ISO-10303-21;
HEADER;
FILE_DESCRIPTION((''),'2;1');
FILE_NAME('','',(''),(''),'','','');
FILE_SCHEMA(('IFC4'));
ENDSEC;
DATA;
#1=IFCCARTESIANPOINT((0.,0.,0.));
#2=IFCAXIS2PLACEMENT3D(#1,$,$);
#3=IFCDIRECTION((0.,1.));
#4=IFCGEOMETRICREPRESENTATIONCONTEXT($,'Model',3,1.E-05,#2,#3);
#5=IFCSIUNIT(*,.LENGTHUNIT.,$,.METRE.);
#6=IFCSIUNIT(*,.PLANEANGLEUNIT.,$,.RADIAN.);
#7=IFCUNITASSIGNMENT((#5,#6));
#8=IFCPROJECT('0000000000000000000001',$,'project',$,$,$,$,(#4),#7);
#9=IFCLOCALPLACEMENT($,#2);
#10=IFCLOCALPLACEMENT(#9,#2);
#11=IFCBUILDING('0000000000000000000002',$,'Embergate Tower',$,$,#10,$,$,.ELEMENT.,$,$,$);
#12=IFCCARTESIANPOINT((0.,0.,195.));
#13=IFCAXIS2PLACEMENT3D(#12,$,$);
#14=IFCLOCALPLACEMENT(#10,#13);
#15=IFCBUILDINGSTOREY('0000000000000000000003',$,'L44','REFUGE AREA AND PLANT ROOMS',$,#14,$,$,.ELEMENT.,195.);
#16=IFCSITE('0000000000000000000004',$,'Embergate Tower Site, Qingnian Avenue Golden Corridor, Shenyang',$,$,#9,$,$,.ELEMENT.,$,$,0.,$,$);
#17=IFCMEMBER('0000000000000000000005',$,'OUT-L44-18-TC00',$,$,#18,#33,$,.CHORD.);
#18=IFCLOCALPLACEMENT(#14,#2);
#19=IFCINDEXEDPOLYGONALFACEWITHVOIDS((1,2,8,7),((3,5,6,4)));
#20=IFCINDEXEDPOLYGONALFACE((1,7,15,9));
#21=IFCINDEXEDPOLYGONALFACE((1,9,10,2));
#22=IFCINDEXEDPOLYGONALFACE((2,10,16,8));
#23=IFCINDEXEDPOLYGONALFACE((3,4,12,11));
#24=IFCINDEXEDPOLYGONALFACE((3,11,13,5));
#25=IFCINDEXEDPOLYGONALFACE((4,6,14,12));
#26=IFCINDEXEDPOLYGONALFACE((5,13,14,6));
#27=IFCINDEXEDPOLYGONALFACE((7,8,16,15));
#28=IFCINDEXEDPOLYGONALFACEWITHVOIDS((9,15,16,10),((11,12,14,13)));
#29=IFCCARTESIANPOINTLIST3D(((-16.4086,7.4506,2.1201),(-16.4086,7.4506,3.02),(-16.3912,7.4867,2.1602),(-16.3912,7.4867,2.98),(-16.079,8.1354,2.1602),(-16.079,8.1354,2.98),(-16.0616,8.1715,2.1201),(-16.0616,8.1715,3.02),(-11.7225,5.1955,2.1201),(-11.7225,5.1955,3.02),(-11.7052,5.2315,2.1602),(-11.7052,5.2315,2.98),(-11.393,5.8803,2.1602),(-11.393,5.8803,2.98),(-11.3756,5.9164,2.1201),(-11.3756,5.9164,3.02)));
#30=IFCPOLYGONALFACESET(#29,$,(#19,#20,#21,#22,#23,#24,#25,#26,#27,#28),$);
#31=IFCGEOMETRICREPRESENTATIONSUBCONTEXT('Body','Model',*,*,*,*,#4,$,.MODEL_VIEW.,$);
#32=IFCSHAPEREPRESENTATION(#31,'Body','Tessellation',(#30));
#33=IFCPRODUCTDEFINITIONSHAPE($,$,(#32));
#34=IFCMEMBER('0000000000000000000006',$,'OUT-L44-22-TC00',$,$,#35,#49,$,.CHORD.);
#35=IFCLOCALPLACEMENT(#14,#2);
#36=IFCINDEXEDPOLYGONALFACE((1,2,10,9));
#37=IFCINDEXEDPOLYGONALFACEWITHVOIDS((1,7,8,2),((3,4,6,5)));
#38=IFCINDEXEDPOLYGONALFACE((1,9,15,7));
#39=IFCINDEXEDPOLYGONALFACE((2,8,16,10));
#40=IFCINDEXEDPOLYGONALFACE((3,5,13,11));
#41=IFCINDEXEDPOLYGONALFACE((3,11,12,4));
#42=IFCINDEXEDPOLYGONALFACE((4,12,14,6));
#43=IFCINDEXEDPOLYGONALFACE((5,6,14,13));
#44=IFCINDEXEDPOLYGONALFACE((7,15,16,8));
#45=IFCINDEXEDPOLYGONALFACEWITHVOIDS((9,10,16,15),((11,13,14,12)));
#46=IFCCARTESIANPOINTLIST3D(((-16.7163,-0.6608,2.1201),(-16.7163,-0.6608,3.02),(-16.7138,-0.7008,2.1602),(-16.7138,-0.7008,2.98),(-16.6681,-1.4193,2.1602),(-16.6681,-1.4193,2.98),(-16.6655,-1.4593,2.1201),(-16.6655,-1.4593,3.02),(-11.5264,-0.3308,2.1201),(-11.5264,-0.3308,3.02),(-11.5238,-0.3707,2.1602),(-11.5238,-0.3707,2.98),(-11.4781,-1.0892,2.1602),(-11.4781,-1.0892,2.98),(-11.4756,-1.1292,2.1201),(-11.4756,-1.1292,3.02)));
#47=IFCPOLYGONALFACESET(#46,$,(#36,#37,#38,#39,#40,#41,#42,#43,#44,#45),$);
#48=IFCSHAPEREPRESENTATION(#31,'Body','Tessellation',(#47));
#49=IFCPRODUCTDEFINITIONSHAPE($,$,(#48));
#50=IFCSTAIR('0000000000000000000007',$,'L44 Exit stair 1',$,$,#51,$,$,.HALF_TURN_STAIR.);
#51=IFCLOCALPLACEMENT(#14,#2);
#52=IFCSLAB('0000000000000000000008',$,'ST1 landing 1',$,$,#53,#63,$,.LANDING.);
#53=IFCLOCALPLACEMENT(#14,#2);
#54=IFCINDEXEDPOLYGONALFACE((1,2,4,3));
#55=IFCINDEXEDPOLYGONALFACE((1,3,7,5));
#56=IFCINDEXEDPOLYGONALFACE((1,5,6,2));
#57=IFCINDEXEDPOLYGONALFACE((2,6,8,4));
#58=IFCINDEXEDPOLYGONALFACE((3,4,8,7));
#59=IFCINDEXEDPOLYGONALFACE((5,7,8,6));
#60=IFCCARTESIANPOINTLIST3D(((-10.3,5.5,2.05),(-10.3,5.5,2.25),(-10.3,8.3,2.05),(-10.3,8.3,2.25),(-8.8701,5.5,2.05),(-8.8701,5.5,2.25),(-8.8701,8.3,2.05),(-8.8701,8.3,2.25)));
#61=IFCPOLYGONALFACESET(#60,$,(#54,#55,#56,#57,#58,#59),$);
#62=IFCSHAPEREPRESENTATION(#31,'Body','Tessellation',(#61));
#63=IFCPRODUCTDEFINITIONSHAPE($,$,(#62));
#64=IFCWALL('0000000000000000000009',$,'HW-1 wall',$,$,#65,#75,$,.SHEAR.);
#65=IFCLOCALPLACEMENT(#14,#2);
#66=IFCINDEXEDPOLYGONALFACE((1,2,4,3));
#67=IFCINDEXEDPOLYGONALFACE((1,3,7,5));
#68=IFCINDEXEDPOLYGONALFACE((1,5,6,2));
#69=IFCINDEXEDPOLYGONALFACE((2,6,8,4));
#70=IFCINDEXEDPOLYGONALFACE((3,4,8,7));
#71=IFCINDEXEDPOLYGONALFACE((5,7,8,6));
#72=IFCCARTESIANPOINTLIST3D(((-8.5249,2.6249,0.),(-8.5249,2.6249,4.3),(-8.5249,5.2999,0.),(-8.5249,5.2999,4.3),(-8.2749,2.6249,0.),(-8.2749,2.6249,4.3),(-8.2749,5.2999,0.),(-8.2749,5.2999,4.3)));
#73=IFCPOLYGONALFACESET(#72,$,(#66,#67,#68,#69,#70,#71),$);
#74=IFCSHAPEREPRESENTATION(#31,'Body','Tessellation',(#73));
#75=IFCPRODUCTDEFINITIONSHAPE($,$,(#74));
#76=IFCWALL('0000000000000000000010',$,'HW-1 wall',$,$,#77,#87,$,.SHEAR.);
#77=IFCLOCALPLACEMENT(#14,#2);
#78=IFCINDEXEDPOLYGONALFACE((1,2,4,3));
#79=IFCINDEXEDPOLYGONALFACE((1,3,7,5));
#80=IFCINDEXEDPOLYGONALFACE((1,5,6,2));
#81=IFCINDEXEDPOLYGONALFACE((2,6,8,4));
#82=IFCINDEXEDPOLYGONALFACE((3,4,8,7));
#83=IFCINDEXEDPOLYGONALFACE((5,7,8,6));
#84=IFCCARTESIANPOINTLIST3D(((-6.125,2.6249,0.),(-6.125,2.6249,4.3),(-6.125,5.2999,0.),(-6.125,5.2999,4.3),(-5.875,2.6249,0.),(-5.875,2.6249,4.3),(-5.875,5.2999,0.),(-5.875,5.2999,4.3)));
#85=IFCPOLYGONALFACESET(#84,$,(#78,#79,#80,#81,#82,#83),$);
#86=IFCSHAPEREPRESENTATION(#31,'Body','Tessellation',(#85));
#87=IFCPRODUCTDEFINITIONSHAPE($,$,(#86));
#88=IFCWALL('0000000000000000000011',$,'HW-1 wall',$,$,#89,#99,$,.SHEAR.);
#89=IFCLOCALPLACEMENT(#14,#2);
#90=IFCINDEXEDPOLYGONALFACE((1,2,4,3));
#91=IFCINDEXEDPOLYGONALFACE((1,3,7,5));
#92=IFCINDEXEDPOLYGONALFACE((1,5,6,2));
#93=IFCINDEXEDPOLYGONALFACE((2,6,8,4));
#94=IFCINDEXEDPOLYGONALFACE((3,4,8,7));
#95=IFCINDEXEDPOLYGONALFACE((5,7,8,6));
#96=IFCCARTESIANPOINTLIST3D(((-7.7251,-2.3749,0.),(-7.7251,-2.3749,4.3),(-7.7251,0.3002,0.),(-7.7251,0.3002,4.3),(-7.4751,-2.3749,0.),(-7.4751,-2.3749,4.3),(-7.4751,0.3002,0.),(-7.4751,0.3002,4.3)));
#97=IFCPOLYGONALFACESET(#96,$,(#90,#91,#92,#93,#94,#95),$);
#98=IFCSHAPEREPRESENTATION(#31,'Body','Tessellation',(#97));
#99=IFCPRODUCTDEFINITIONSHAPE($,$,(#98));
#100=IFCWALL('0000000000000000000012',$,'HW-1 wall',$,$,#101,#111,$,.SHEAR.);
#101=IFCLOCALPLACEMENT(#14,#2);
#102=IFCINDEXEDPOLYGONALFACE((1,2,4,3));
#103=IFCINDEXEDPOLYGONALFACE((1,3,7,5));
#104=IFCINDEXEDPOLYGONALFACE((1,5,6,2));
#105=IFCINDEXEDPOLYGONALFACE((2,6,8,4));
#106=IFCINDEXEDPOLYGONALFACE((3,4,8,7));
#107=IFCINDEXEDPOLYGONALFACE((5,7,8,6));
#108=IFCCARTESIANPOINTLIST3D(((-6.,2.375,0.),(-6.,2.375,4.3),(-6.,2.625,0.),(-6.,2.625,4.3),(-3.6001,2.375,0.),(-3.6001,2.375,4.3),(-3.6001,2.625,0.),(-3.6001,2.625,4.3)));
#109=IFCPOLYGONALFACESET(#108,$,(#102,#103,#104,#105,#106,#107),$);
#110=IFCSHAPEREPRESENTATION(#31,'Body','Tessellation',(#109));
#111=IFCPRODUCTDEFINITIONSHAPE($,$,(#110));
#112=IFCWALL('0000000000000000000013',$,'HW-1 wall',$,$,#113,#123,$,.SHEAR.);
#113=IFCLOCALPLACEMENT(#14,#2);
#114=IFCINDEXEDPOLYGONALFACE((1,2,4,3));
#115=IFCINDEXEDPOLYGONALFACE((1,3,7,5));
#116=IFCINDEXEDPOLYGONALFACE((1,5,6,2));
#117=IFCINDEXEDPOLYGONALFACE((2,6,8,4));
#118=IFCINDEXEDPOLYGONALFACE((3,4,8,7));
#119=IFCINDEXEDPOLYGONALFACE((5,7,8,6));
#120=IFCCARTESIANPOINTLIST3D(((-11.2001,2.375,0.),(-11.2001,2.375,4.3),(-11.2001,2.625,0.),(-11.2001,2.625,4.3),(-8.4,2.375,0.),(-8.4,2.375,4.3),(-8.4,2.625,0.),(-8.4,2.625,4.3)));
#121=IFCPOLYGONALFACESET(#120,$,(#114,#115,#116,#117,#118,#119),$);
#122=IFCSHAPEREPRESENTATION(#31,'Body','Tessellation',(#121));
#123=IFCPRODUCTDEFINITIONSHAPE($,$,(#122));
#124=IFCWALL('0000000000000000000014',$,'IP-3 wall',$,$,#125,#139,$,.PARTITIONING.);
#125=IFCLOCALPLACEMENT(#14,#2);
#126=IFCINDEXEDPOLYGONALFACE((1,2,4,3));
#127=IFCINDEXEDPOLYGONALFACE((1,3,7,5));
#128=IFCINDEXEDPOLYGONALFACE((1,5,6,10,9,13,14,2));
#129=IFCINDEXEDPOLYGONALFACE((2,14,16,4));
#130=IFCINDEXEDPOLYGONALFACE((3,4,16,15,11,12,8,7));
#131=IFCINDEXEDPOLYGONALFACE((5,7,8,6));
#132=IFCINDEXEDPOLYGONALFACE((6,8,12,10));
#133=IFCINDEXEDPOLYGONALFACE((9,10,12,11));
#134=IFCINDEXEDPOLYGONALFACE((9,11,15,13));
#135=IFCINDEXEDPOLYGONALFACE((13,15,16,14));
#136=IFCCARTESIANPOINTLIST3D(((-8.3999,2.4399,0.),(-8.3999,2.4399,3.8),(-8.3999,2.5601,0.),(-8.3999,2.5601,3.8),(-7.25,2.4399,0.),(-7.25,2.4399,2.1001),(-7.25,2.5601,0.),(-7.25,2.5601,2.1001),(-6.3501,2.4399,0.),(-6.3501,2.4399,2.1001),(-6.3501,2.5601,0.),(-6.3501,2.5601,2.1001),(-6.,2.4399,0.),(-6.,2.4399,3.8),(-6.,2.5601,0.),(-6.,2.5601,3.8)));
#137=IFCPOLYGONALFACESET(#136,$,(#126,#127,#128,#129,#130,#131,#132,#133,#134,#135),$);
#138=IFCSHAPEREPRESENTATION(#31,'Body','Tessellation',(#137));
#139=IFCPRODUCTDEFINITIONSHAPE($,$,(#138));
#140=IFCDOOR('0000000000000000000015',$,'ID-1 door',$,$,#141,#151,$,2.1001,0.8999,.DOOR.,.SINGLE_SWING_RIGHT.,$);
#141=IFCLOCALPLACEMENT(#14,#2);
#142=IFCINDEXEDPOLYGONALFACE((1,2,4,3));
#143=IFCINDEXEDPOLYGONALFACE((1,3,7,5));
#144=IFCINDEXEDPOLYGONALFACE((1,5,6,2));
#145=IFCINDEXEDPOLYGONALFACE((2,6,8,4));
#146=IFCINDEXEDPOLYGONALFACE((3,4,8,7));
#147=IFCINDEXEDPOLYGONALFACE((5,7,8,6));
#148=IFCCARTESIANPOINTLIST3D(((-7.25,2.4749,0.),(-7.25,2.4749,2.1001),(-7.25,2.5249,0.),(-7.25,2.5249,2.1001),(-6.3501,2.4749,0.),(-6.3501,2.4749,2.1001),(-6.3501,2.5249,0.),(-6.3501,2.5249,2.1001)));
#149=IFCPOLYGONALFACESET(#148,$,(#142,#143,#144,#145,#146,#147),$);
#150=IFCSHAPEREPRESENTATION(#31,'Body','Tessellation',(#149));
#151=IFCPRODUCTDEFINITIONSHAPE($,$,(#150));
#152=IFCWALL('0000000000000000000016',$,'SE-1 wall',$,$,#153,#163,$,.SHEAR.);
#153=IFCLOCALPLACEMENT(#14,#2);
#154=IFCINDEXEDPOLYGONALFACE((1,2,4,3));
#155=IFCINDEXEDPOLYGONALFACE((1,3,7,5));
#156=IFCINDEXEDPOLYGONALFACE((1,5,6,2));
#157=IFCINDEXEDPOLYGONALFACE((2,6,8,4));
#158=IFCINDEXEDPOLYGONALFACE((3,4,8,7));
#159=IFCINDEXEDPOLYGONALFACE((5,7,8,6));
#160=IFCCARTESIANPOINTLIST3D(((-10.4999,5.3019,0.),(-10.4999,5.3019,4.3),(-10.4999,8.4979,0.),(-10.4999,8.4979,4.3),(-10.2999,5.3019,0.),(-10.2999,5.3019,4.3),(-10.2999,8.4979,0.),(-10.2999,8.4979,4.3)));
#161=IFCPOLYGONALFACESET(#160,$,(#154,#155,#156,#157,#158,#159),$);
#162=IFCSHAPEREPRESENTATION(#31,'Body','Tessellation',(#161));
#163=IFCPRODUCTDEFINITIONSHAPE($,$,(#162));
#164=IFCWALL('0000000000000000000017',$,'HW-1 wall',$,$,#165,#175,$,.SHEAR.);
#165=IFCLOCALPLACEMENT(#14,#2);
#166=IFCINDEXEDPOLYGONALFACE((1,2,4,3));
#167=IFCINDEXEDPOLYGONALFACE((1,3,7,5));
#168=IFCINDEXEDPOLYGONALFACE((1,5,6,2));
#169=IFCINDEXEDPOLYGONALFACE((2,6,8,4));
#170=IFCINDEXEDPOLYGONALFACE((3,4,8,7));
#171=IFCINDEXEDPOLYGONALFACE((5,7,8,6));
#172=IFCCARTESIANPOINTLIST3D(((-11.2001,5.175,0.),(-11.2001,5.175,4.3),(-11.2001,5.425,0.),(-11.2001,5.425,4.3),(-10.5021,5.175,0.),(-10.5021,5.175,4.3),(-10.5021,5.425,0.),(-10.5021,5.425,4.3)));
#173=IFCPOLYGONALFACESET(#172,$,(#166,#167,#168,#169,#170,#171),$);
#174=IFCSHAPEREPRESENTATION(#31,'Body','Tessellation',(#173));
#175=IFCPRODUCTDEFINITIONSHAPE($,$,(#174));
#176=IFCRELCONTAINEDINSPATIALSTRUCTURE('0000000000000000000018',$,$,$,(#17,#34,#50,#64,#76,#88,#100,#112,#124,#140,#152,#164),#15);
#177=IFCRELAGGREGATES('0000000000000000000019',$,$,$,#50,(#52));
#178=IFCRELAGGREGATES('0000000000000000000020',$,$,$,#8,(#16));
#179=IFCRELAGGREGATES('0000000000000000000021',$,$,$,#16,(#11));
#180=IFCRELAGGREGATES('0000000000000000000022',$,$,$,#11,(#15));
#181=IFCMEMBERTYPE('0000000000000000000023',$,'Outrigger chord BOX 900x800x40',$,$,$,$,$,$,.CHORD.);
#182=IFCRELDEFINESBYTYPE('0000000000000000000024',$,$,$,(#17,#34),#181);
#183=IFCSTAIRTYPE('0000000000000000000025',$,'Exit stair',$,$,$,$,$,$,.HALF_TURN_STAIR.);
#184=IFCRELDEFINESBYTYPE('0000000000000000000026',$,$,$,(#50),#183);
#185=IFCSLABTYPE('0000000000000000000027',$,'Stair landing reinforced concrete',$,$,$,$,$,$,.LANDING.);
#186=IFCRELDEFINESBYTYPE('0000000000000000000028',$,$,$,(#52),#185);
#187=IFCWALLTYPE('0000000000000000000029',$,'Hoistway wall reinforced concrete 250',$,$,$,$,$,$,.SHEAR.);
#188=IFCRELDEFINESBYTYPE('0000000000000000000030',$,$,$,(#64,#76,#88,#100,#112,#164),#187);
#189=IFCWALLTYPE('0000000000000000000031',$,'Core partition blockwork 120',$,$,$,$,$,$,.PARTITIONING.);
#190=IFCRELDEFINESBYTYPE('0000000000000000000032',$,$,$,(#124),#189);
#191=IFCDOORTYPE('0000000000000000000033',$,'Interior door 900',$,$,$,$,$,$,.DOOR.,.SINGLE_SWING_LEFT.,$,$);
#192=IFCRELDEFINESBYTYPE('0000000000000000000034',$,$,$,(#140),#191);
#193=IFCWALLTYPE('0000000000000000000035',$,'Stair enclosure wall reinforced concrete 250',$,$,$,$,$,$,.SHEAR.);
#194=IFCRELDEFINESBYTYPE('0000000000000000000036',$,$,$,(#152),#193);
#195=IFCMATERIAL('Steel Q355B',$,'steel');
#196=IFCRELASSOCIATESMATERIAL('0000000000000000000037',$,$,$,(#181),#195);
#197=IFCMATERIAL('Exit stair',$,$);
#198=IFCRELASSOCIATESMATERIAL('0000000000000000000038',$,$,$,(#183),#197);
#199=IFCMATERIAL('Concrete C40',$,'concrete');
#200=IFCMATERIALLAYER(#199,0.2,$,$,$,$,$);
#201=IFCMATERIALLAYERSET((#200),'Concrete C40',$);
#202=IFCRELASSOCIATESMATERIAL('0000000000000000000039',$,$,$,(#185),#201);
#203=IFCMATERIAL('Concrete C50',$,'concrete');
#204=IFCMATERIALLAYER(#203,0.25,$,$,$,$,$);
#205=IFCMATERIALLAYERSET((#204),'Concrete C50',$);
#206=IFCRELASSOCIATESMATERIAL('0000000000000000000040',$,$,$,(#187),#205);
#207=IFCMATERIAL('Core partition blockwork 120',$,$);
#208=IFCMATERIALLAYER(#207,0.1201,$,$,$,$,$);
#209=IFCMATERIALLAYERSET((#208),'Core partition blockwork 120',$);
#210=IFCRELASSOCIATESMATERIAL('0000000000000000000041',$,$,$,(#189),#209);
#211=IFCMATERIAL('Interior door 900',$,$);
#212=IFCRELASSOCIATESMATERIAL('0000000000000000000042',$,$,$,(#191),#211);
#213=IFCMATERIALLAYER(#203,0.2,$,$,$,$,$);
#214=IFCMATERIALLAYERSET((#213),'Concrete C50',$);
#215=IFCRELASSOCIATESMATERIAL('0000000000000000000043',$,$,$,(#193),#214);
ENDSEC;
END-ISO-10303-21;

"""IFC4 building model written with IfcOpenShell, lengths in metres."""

from ifc_helpers import new_model, si_unit, direction, frame, frame_2d, origin, origin_2d, place, context, subcontext, project, spatial, polyline, rectangle, hollow_rectangle, outline, extrude, source, transform, mapped, material, layer, layer_set, material_profile, profile_set, type_object, element, fill, aggregate, save


model = new_model("IFC4")

# Units and contexts
model_context = context("Model", 3, precision=1e-05, world=origin(), true_north=direction((0.0, 1.0)))
body_context = subcontext(model_context, "Body", "Model", "MODEL_VIEW")
ifc_project = project(units=[si_unit("LENGTHUNIT", "METRE"), si_unit("PLANEANGLEUNIT", "RADIAN")], contexts=[model_context])

# Site, building, storey
site_placement = place(None, origin())
site = spatial("IfcSite", under=ifc_project, at=site_placement, Name="Embergate Tower Site, Qingnian Avenue Golden Corridor, Shenyang", CompositionType="ELEMENT", RefElevation=0.0)
building_placement = place(site_placement, origin())
building = spatial("IfcBuilding", under=site, at=building_placement, Name="Embergate Tower", CompositionType="ELEMENT")
storey_placement = place(building_placement, frame((0.0, 0.0, 195.0)))
storey = spatial("IfcBuildingStorey", under=building, at=storey_placement, Name="L44", Description="REFUGE AREA AND PLANT ROOMS", CompositionType="ELEMENT", Elevation=195.0)

# Members
ifc_material_1 = material(Name="Steel Q355B", Category="steel")
ifc_material_profile = material_profile(ifc_material_1, hollow_rectangle(XDim=0.8, YDim=0.8999, WallThickness=0.04, at=origin_2d()), Name="BOX 900x800x40")
ifc_profile_set = profile_set([ifc_material_profile], Name="Steel Q355 grade B")
member_type = type_object("IfcMemberType", Name="Outrigger chord BOX 900x800x40", PredefinedType="CHORD", material=ifc_profile_set)
shared_shape_1 = source(origin(), body_context, "Body", "SweptSolid", [
    extrude(hollow_rectangle(XDim=0.8, YDim=0.8999, WallThickness=0.04, at=origin_2d()), origin(), (0.0, 0.0, 1.0), 5.2004),
])
for number, where, z_axis, x_axis, name in (
    (1, (-11.5491, 5.5559, 2.5701), (-0.901085, 0.433642, 0.0), (-0.433642, -0.901085, 0.0), "OUT-L44-18-TC00"),
    (2, (-11.501, -0.73, 2.5701), (-0.997984, -0.063471, 0.0), (0.063471, -0.997984, 0.0), "OUT-L44-22-TC00"),
):
    element("IfcMember", number, at=place(storey_placement, frame(where, z_axis=z_axis, x_axis=x_axis)), inside=storey, type_object=member_type, Name=name, PredefinedType="CHORD", context=body_context, shape_type="MappedRepresentation", body=[
        mapped(shared_shape_1, transform((0.0, 0.0, 0.0))),
    ])

# Stair, slab
ifc_material_2 = material(Name="Exit stair")
stair_type = type_object("IfcStairType", Name="Exit stair", PredefinedType="HALF_TURN_STAIR", material=ifc_material_2)
stair_placement = place(storey_placement, origin())
stair = element("IfcStair", 3, at=stair_placement, inside=storey, type_object=stair_type, Name="L44 Exit stair 1", PredefinedType="HALF_TURN_STAIR")
ifc_material_3 = material(Name="Concrete C40", Category="concrete")
ifc_layer_1 = layer(ifc_material_3, 0.2)
ifc_layer_set_1 = layer_set([ifc_layer_1], Name="Concrete C40")
slab_type = type_object("IfcSlabType", Name="Stair landing reinforced concrete", PredefinedType="LANDING", material=ifc_layer_set_1)
shared_shape_2 = source(origin(), body_context, "Body", "SweptSolid", [
    extrude(outline(polyline([(0.0, 0.0), (1.4299, 0.0), (1.4299, 2.8), (0.0, 2.8), (0.0, 0.0)])), origin(), (0.0, 0.0, 1.0), 0.2),
])
slab_placement = place(storey_placement, frame((-10.3, 5.5, 2.05)))
slab = element("IfcSlab", 4, at=slab_placement, type_object=slab_type, Name="ST1 landing 1", PredefinedType="LANDING", context=body_context, shape_type="MappedRepresentation", body=[
    mapped(shared_shape_2, transform((0.0, 0.0, 0.0))),
])

# Walls
ifc_material_4 = material(Name="Concrete C50", Category="concrete")
ifc_layer_2 = layer(ifc_material_4, 0.25)
ifc_layer_set_2 = layer_set([ifc_layer_2], Name="Concrete C50")
wall_type_1 = type_object("IfcWallType", Name="Hoistway wall reinforced concrete 250", PredefinedType="SHEAR", material=ifc_layer_set_2)
shared_shape_3 = source(origin(), body_context, "Body", "SweptSolid", [
    extrude(rectangle(XDim=2.675, YDim=0.25, at=frame_2d((1.3374, 0.0))), origin(), (0.0, 0.0, 1.0), 4.3),
])
for number, where, z_axis, x_axis, name in (
    (5, (-8.3999, 2.625, 0.0), (0.0, 0.0, 1.0), (0.0, 1.0, 0.0), "HW-1 wall"),
    (6, (-6.0, 2.625, 0.0), (0.0, 0.0, 1.0), (0.0, 1.0, 0.0), "HW-1 wall"),
    (7, (-7.6001, 0.3, 0.0), (0.0, 0.0, 1.0), (0.0, -1.0, 0.0), "HW-1 wall"),
):
    element("IfcWall", number, at=place(storey_placement, frame(where, z_axis=z_axis, x_axis=x_axis)), inside=storey, type_object=wall_type_1, Name=name, PredefinedType="SHEAR", context=body_context, shape_type="MappedRepresentation", body=[
        mapped(shared_shape_3, transform((0.0, 0.0, 0.0))),
    ])
shared_shape_4 = source(origin(), body_context, "Body", "SweptSolid", [
    extrude(rectangle(XDim=2.3999, YDim=0.25, at=frame_2d((1.2, 0.0))), origin(), (0.0, 0.0, 1.0), 4.3),
])
wall_1_placement = place(storey_placement, frame((-6.0, 2.5, 0.0), z_axis=(0.0, 0.0, 1.0), x_axis=(1.0, 0.0, 0.0)))
element("IfcWall", 8, at=wall_1_placement, inside=storey, type_object=wall_type_1, Name="HW-1 wall", PredefinedType="SHEAR", context=body_context, shape_type="MappedRepresentation", body=[
    mapped(shared_shape_4, transform((0.0, 0.0, 0.0))),
])
shared_shape_5 = source(origin(), body_context, "Body", "SweptSolid", [
    extrude(rectangle(XDim=2.8, YDim=0.25, at=frame_2d((1.3999, 0.0))), origin(), (0.0, 0.0, 1.0), 4.3),
])
wall_2_placement = place(storey_placement, frame((-11.2, 2.5, 0.0), z_axis=(0.0, 0.0, 1.0), x_axis=(1.0, 0.0, 0.0)))
element("IfcWall", 9, at=wall_2_placement, inside=storey, type_object=wall_type_1, Name="HW-1 wall", PredefinedType="SHEAR", context=body_context, shape_type="MappedRepresentation", body=[
    mapped(shared_shape_5, transform((0.0, 0.0, 0.0))),
])

# Wall, opening, door
ifc_material_5 = material(Name="Core partition blockwork 120")
ifc_layer_3 = layer(ifc_material_5, 0.1201)
ifc_layer_set_3 = layer_set([ifc_layer_3], Name="Core partition blockwork 120")
wall_type_2 = type_object("IfcWallType", Name="Core partition blockwork 120", PredefinedType="PARTITIONING", material=ifc_layer_set_3)
shared_shape_6 = source(origin(), body_context, "Body", "SweptSolid", [
    extrude(rectangle(XDim=2.3999, YDim=0.1201, at=frame_2d((1.2, 0.0))), origin(), (0.0, 0.0, 1.0), 3.8),
])
wall_3_placement = place(storey_placement, frame((-8.3999, 2.5, 0.0), z_axis=(0.0, 0.0, 1.0), x_axis=(1.0, 0.0, 0.0)))
wall_3 = element("IfcWall", 10, at=wall_3_placement, inside=storey, type_object=wall_type_2, Name="IP-3 wall", PredefinedType="PARTITIONING", context=body_context, shape_type="MappedRepresentation", body=[
    mapped(shared_shape_6, transform((0.0, 0.0, 0.0))),
])
shared_shape_7 = source(origin(), body_context, "Body", "SweptSolid", [
    extrude(rectangle(XDim=0.8999, YDim=2.1001, at=frame_2d((0.45, 1.05))), frame((0.0, 0.0701, 0.0), z_axis=(0.0, -1.0, 0.0), x_axis=(1.0, 0.0, 0.0)), (0.0, 0.0, 1.0), 0.1401),
])
opening_placement = place(wall_3_placement, frame((1.1499, 0.0, 0.0)))
opening = element("IfcOpeningElement", 11, at=opening_placement, cuts=wall_3, PredefinedType="OPENING", context=body_context, shape_type="MappedRepresentation", body=[
    mapped(shared_shape_7, transform((0.0, 0.0, 0.0))),
])
ifc_material_6 = material(Name="Interior door 900")
door_type = type_object("IfcDoorType", Name="Interior door 900", OperationType="SINGLE_SWING_LEFT", PredefinedType="DOOR", material=ifc_material_6)
shared_shape_8 = source(origin(), body_context, "Body", "SweptSolid", [
    extrude(rectangle(XDim=0.8999, YDim=2.1001, at=frame_2d((0.45, 1.05))), frame((0.0, 0.0249, 0.0), z_axis=(0.0, -1.0, 0.0), x_axis=(1.0, 0.0, 0.0)), (0.0, 0.0, 1.0), 0.05),
])
door_placement = place(opening_placement, origin())
door = element("IfcDoor", 12, at=door_placement, inside=storey, type_object=door_type, Name="ID-1 door", OperationType="SINGLE_SWING_RIGHT", OverallHeight=2.1001, OverallWidth=0.8999, PredefinedType="DOOR", context=body_context, shape_type="MappedRepresentation", body=[
    mapped(shared_shape_8, transform((0.0, 0.0, 0.0))),
])
fill(opening, door)

# Walls
ifc_layer_4 = layer(ifc_material_4, 0.2)
ifc_layer_set_4 = layer_set([ifc_layer_4], Name="Concrete C50")
wall_type_3 = type_object("IfcWallType", Name="Stair enclosure wall reinforced concrete 250", PredefinedType="SHEAR", material=ifc_layer_set_4)
shared_shape_9 = source(origin(), body_context, "Body", "SweptSolid", [
    extrude(rectangle(XDim=3.196, YDim=0.2, at=frame_2d((1.5981, 0.0))), origin(), (0.0, 0.0, 1.0), 4.3),
])
wall_4_placement = place(storey_placement, frame((-10.3999, 8.498, 0.0), z_axis=(0.0, 0.0, 1.0), x_axis=(0.0, -1.0, 0.0)))
element("IfcWall", 13, at=wall_4_placement, inside=storey, type_object=wall_type_3, Name="SE-1 wall", PredefinedType="SHEAR", context=body_context, shape_type="MappedRepresentation", body=[
    mapped(shared_shape_9, transform((0.0, 0.0, 0.0))),
])
shared_shape_10 = source(origin(), body_context, "Body", "SweptSolid", [
    extrude(rectangle(XDim=0.698, YDim=0.25, at=frame_2d((0.3491, 0.0))), origin(), (0.0, 0.0, 1.0), 4.3),
])
wall_5_placement = place(storey_placement, frame((-10.502, 5.3, 0.0), z_axis=(0.0, 0.0, 1.0), x_axis=(-1.0, 0.0, 0.0)))
element("IfcWall", 14, at=wall_5_placement, inside=storey, type_object=wall_type_1, Name="HW-1 wall", PredefinedType="SHEAR", context=body_context, shape_type="MappedRepresentation", body=[
    mapped(shared_shape_10, transform((0.0, 0.0, 0.0))),
])

aggregate(stair, [slab])

save(model, "model.ifc")
